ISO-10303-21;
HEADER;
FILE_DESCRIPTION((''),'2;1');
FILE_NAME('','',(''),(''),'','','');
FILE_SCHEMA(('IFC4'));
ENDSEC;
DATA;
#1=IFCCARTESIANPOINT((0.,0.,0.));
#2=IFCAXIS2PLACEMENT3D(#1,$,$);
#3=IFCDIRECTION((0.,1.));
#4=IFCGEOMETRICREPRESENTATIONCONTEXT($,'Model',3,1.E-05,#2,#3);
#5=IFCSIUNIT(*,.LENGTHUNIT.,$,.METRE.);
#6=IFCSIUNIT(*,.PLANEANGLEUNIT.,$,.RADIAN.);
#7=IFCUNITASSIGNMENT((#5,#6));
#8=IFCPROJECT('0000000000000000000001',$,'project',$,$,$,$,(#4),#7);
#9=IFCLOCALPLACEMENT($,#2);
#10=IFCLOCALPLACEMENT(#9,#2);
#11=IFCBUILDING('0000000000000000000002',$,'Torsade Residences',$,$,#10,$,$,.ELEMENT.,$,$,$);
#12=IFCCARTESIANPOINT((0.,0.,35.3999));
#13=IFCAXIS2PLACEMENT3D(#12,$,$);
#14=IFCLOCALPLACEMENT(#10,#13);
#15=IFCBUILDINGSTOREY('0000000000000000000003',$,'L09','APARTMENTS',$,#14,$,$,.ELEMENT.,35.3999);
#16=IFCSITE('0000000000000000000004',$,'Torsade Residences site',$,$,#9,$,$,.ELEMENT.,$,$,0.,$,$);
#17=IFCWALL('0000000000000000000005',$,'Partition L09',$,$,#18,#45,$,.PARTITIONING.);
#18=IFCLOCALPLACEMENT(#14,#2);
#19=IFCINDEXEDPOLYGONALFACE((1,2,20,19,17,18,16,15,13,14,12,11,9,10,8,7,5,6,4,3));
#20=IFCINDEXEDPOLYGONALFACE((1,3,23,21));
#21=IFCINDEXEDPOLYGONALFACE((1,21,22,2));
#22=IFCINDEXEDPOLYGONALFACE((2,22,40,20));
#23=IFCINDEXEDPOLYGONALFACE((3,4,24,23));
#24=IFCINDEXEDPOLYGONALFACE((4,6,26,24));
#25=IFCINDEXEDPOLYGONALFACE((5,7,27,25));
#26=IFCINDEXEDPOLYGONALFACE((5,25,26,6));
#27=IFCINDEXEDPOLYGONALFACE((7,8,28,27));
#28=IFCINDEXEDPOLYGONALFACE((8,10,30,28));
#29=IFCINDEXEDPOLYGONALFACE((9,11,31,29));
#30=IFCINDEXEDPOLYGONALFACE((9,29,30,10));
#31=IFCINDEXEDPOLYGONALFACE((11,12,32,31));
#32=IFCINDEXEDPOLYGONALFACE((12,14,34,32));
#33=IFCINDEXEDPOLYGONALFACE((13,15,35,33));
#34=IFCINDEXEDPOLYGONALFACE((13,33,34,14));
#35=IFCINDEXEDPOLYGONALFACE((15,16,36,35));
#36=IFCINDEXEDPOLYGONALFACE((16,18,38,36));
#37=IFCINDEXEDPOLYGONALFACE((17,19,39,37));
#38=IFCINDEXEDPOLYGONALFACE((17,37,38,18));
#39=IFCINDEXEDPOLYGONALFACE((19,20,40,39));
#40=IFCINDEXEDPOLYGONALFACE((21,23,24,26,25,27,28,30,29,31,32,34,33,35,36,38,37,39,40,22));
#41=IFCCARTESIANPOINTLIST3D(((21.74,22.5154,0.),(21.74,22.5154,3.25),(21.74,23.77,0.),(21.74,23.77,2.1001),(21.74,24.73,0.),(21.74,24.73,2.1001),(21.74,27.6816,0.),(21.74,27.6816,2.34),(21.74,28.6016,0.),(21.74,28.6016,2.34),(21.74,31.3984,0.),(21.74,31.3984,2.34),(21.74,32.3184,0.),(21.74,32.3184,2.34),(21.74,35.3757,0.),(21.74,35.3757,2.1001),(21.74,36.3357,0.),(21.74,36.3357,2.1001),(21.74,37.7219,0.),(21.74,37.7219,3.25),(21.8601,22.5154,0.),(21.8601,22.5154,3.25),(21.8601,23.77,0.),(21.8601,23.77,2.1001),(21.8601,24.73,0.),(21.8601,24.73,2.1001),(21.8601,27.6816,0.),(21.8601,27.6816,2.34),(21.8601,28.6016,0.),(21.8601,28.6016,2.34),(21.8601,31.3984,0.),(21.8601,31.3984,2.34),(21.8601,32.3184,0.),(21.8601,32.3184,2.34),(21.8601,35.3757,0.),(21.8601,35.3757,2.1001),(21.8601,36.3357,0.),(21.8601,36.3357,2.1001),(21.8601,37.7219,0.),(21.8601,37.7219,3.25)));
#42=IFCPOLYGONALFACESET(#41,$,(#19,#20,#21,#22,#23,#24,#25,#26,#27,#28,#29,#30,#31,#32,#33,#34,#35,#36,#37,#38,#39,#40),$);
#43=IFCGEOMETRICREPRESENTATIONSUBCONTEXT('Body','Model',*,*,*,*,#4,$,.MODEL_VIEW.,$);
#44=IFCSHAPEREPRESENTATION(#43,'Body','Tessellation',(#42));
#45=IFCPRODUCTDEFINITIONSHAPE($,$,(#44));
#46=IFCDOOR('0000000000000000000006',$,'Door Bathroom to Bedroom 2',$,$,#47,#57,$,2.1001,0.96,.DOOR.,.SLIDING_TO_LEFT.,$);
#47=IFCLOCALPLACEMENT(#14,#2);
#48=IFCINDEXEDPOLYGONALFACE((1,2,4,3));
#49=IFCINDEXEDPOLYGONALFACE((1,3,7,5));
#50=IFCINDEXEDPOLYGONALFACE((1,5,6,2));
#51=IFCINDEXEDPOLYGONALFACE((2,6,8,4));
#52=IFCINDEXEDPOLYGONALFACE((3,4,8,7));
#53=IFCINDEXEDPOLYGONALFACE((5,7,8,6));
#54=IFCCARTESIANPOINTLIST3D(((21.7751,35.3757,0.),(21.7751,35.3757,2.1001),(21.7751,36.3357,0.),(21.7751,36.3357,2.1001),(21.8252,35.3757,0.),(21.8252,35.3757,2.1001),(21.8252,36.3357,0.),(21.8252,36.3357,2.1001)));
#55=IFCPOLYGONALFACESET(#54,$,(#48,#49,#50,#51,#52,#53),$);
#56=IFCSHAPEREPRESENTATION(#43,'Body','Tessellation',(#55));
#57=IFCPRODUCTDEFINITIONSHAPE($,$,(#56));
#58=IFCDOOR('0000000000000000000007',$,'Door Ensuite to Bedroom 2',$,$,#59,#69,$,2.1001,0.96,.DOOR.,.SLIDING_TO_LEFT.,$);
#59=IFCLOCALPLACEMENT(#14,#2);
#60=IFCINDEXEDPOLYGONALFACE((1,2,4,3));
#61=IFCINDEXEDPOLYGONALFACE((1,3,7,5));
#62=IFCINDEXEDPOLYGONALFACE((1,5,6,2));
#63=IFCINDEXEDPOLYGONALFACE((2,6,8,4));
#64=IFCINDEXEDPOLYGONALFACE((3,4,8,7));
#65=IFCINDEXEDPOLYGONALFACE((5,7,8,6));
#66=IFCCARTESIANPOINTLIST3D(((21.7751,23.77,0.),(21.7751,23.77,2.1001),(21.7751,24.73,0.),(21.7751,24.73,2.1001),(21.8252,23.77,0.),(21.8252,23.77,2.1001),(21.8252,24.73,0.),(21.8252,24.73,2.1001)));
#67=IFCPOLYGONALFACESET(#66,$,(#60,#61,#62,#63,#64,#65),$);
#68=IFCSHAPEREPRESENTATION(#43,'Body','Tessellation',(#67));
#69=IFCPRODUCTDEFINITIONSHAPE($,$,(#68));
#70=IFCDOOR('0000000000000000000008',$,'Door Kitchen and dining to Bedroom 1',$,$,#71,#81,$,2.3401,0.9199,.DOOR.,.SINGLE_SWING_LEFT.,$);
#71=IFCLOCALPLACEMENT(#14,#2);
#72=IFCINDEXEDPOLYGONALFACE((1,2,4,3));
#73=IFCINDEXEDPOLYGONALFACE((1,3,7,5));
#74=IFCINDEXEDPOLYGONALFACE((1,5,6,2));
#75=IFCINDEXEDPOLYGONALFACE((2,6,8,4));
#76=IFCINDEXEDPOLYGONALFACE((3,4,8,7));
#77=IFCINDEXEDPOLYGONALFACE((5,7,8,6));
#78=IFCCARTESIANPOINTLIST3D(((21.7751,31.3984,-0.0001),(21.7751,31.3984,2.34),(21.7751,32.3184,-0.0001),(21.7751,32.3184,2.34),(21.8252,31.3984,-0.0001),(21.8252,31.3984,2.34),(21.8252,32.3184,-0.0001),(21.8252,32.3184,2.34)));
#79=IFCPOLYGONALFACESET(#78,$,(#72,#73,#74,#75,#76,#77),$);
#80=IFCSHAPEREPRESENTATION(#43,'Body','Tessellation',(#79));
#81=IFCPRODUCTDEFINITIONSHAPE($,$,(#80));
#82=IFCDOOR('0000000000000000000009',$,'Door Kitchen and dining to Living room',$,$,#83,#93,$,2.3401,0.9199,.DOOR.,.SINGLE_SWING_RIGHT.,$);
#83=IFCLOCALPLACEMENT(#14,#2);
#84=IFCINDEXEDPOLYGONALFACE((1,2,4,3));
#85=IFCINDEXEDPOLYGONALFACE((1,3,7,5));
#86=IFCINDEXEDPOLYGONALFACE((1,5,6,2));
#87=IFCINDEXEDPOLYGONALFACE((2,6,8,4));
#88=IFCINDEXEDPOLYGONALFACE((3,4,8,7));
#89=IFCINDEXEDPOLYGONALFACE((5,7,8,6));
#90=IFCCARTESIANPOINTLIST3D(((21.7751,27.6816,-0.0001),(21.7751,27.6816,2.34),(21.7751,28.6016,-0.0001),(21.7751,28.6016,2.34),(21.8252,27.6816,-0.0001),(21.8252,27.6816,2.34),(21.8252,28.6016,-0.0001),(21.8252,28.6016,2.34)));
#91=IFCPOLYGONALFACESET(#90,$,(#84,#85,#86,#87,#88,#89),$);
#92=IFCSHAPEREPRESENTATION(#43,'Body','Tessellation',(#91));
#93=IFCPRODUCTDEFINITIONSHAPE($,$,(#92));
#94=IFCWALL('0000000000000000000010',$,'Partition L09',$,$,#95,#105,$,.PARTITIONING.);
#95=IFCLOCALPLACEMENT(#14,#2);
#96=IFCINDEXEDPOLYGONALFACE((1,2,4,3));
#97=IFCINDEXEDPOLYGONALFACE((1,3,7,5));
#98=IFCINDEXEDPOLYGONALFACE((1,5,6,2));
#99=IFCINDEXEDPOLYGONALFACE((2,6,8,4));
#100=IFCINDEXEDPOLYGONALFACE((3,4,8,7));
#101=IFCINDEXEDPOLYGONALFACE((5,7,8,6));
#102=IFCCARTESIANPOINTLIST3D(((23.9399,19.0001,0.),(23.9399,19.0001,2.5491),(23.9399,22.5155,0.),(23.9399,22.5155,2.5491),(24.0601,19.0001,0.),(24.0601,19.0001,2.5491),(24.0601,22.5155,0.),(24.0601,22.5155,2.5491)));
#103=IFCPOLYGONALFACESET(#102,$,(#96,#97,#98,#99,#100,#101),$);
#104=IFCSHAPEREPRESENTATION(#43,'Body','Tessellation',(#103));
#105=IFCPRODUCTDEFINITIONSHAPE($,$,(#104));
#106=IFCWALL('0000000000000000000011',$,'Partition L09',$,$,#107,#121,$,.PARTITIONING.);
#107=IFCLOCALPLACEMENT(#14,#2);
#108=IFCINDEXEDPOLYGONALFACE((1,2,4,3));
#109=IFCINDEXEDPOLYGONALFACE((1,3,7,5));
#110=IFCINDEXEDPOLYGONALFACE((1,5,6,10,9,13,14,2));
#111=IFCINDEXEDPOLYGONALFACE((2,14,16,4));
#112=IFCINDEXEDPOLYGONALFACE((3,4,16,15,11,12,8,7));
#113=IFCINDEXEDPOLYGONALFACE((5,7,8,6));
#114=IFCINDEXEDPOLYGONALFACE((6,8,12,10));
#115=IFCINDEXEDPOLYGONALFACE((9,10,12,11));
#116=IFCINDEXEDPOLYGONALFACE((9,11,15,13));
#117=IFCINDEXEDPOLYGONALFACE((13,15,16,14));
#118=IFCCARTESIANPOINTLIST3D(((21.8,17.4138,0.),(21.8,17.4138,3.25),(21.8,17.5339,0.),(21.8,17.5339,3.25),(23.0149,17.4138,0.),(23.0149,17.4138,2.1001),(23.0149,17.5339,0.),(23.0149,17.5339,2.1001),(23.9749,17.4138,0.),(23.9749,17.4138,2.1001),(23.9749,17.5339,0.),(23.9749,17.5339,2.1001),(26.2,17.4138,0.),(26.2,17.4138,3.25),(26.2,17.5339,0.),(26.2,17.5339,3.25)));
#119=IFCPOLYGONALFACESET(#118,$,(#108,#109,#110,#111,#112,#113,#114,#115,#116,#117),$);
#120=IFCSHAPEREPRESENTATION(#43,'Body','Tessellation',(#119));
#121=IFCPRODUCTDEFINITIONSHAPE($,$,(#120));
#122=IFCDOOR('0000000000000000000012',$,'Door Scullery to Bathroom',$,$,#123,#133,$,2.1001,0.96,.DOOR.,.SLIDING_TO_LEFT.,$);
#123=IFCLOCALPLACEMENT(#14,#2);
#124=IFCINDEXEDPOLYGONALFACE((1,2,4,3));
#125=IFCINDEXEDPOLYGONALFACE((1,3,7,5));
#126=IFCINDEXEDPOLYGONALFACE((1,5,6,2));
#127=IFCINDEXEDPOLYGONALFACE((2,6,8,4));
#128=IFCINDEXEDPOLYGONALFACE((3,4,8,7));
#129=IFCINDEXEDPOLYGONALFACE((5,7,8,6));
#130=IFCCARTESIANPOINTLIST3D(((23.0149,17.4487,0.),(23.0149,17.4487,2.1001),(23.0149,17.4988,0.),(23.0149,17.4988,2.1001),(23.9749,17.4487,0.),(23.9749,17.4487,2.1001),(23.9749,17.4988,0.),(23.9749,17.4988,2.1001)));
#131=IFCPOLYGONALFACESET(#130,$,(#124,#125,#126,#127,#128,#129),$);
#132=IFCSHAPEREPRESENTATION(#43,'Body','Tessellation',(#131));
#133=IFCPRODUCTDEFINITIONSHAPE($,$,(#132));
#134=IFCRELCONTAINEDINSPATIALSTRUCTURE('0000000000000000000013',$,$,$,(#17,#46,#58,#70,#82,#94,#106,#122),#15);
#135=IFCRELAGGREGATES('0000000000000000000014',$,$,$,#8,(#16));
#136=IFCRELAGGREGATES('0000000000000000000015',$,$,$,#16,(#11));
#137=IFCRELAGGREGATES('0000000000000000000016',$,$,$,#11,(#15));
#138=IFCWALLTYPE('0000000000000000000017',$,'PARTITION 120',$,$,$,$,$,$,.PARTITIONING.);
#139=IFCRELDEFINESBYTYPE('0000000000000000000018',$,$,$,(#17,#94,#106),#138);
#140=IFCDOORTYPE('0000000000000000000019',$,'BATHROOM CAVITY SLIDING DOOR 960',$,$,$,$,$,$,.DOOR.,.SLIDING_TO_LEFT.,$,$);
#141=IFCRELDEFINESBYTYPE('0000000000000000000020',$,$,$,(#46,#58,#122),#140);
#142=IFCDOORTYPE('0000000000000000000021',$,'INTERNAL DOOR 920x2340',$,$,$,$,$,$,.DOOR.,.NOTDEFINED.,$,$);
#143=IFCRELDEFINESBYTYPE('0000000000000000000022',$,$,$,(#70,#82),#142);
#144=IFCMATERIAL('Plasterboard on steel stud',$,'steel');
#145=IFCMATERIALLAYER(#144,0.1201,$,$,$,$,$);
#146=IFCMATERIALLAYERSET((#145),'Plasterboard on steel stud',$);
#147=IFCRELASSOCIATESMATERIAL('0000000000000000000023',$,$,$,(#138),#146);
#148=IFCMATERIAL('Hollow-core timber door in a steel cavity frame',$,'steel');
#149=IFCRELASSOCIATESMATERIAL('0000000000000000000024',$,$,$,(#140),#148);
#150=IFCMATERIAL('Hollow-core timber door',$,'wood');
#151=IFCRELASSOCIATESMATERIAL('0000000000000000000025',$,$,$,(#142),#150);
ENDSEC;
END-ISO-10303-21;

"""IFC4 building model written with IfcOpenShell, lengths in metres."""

from ifc_helpers import new_model, si_unit, direction, frame, frame_2d, origin, place, context, subcontext, project, spatial, rectangle, extrude, material, layer, layer_set, type_object, element, fill, save


model = new_model("IFC4")

# Units and contexts
model_context = context("Model", 3, precision=1e-05, world=origin(), true_north=direction((0.0, 1.0)))
body_context = subcontext(model_context, "Body", "Model", "MODEL_VIEW")
ifc_project = project(units=[si_unit("LENGTHUNIT", "METRE"), si_unit("PLANEANGLEUNIT", "RADIAN")], contexts=[model_context])

# Site, building, storey
site_placement = place(None, origin())
site = spatial("IfcSite", under=ifc_project, at=site_placement, Name="Torsade Residences site", CompositionType="ELEMENT", RefElevation=0.0)
building_placement = place(site_placement, origin())
building = spatial("IfcBuilding", under=site, at=building_placement, Name="Torsade Residences", CompositionType="ELEMENT")
storey_placement = place(building_placement, frame((0.0, 0.0, 35.3999)))
storey = spatial("IfcBuildingStorey", under=building, at=storey_placement, Name="L09", Description="APARTMENTS", CompositionType="ELEMENT", Elevation=35.3999)

# Wall, openings, doors
ifc_material_1 = material(Name="Plasterboard on steel stud", Category="steel")
ifc_layer_1 = layer(ifc_material_1, 0.1201)
ifc_layer_set_1 = layer_set([ifc_layer_1], Name="Plasterboard on steel stud")
wall_type_1 = type_object("IfcWallType", Name="PARTITION 120", PredefinedType="PARTITIONING", material=ifc_layer_set_1)
wall_1_placement = place(storey_placement, frame((21.8, 22.5154, 0.0), z_axis=(0.0, 0.0, 1.0), x_axis=(0.0, 1.0, 0.0)))
wall_1 = element("IfcWall", 1, at=wall_1_placement, inside=storey, type_object=wall_type_1, Name="Partition L09", PredefinedType="PARTITIONING", context=body_context, shape_type="SweptSolid", body=[
    extrude(rectangle(XDim=15.2065, YDim=0.1201, at=frame_2d((7.6033, 0.0))), origin(), (0.0, 0.0, 1.0), 3.25),
])
opening_1_placement = place(wall_1_placement, frame((8.8831, 0.0, 0.0)))
opening_1 = element("IfcOpeningElement", 2, at=opening_1_placement, cuts=wall_1, PredefinedType="OPENING", context=body_context, shape_type="SweptSolid", body=[
    extrude(rectangle(XDim=0.9199, YDim=2.3401, at=frame_2d((0.46, 1.1699))), frame((0.0, 0.0701, 0.0), z_axis=(0.0, -1.0, 0.0), x_axis=(1.0, 0.0, 0.0)), (0.0, 0.0, 1.0), 0.1401),
])
opening_2_placement = place(wall_1_placement, frame((5.1663, 0.0, 0.0)))
opening_2 = element("IfcOpeningElement", 3, at=opening_2_placement, cuts=wall_1, PredefinedType="OPENING", context=body_context, shape_type="SweptSolid", body=[
    extrude(rectangle(XDim=0.9199, YDim=2.3401, at=frame_2d((0.46, 1.1699))), frame((0.0, 0.0701, 0.0), z_axis=(0.0, -1.0, 0.0), x_axis=(1.0, 0.0, 0.0)), (0.0, 0.0, 1.0), 0.1401),
])
opening_3_placement = place(wall_1_placement, frame((12.8604, 0.0, 0.0)))
opening_3 = element("IfcOpeningElement", 4, at=opening_3_placement, cuts=wall_1, PredefinedType="OPENING", context=body_context, shape_type="SweptSolid", body=[
    extrude(rectangle(XDim=0.96, YDim=2.1001, at=frame_2d((0.48, 1.05))), frame((0.0, 0.0701, 0.0), z_axis=(0.0, -1.0, 0.0), x_axis=(1.0, 0.0, 0.0)), (0.0, 0.0, 1.0), 0.1401),
])
opening_4_placement = place(wall_1_placement, frame((1.2546, 0.0, 0.0)))
opening_4 = element("IfcOpeningElement", 5, at=opening_4_placement, cuts=wall_1, PredefinedType="OPENING", context=body_context, shape_type="SweptSolid", body=[
    extrude(rectangle(XDim=0.96, YDim=2.1001, at=frame_2d((0.48, 1.05))), frame((0.0, 0.0701, 0.0), z_axis=(0.0, -1.0, 0.0), x_axis=(1.0, 0.0, 0.0)), (0.0, 0.0, 1.0), 0.1401),
])
ifc_material_2 = material(Name="Hollow-core timber door in a steel cavity frame", Category="steel")
door_type_1 = type_object("IfcDoorType", Name="BATHROOM CAVITY SLIDING DOOR 960", OperationType="SLIDING_TO_LEFT", PredefinedType="DOOR", material=ifc_material_2)
door_1_placement = place(opening_3_placement, origin())
door_1 = element("IfcDoor", 6, at=door_1_placement, inside=storey, type_object=door_type_1, Name="Door Bathroom to Bedroom 2", OperationType="SLIDING_TO_LEFT", OverallHeight=2.1001, OverallWidth=0.96, PredefinedType="DOOR", context=body_context, shape_type="SweptSolid", body=[
    extrude(rectangle(XDim=0.96, YDim=2.1001, at=frame_2d((0.48, 1.05))), frame((0.0, 0.0249, 0.0), z_axis=(0.0, -1.0, 0.0), x_axis=(1.0, 0.0, 0.0)), (0.0, 0.0, 1.0), 0.05),
])
fill(opening_3, door_1)
door_2_placement = place(opening_4_placement, origin())
door_2 = element("IfcDoor", 7, at=door_2_placement, inside=storey, type_object=door_type_1, Name="Door Ensuite to Bedroom 2", OperationType="SLIDING_TO_LEFT", OverallHeight=2.1001, OverallWidth=0.96, PredefinedType="DOOR", context=body_context, shape_type="SweptSolid", body=[
    extrude(rectangle(XDim=0.96, YDim=2.1001, at=frame_2d((0.48, 1.05))), frame((0.0, 0.0249, 0.0), z_axis=(0.0, -1.0, 0.0), x_axis=(1.0, 0.0, 0.0)), (0.0, 0.0, 1.0), 0.05),
])
fill(opening_4, door_2)
ifc_material_3 = material(Name="Hollow-core timber door", Category="wood")
door_type_2 = type_object("IfcDoorType", Name="INTERNAL DOOR 920x2340", OperationType="NOTDEFINED", PredefinedType="DOOR", material=ifc_material_3)
door_3_placement = place(opening_1_placement, origin())
door_3 = element("IfcDoor", 8, at=door_3_placement, inside=storey, type_object=door_type_2, Name="Door Kitchen and dining to Bedroom 1", OperationType="SINGLE_SWING_LEFT", OverallHeight=2.3401, OverallWidth=0.9199, PredefinedType="DOOR", context=body_context, shape_type="SweptSolid", body=[
    extrude(rectangle(XDim=0.9199, YDim=2.3401, at=frame_2d((0.46, 1.1699))), frame((0.0, 0.0249, 0.0), z_axis=(0.0, -1.0, 0.0), x_axis=(1.0, 0.0, 0.0)), (0.0, 0.0, 1.0), 0.05),
])
fill(opening_1, door_3)
door_4_placement = place(opening_2_placement, origin())
door_4 = element("IfcDoor", 9, at=door_4_placement, inside=storey, type_object=door_type_2, Name="Door Kitchen and dining to Living room", OperationType="SINGLE_SWING_RIGHT", OverallHeight=2.3401, OverallWidth=0.9199, PredefinedType="DOOR", context=body_context, shape_type="SweptSolid", body=[
    extrude(rectangle(XDim=0.9199, YDim=2.3401, at=frame_2d((0.46, 1.1699))), frame((0.0, 0.0249, 0.0), z_axis=(0.0, -1.0, 0.0), x_axis=(1.0, 0.0, 0.0)), (0.0, 0.0, 1.0), 0.05),
])
fill(opening_2, door_4)

# Wall
wall_2_placement = place(storey_placement, frame((24.0, 19.0, 0.0), z_axis=(0.0, 0.0, 1.0), x_axis=(0.0, 1.0, 0.0)))
element("IfcWall", 10, at=wall_2_placement, inside=storey, type_object=wall_type_1, Name="Partition L09", PredefinedType="PARTITIONING", context=body_context, shape_type="SweptSolid", body=[
    extrude(rectangle(XDim=3.5154, YDim=0.1201, at=frame_2d((1.7578, 0.0))), origin(), (0.0, 0.0, 1.0), 2.5491),
])

# Wall, opening, door
wall_3_placement = place(storey_placement, frame((21.8, 17.4739, 0.0), z_axis=(0.0, 0.0, 1.0), x_axis=(1.0, 0.0, 0.0)))
wall_3 = element("IfcWall", 11, at=wall_3_placement, inside=storey, type_object=wall_type_1, Name="Partition L09", PredefinedType="PARTITIONING", context=body_context, shape_type="SweptSolid", body=[
    extrude(rectangle(XDim=4.3999, YDim=0.1201, at=frame_2d((2.2, 0.0))), origin(), (0.0, 0.0, 1.0), 3.25),
])
opening_5_placement = place(wall_3_placement, frame((1.2148, 0.0, 0.0)))
opening_5 = element("IfcOpeningElement", 12, at=opening_5_placement, cuts=wall_3, PredefinedType="OPENING", context=body_context, shape_type="SweptSolid", body=[
    extrude(rectangle(XDim=0.96, YDim=2.1001, at=frame_2d((0.48, 1.05))), frame((0.0, 0.0701, 0.0), z_axis=(0.0, -1.0, 0.0), x_axis=(1.0, 0.0, 0.0)), (0.0, 0.0, 1.0), 0.1401),
])
door_5_placement = place(opening_5_placement, origin())
door_5 = element("IfcDoor", 13, at=door_5_placement, inside=storey, type_object=door_type_1, Name="Door Scullery to Bathroom", OperationType="SLIDING_TO_LEFT", OverallHeight=2.1001, OverallWidth=0.96, PredefinedType="DOOR", context=body_context, shape_type="SweptSolid", body=[
    extrude(rectangle(XDim=0.96, YDim=2.1001, at=frame_2d((0.48, 1.05))), frame((0.0, 0.0249, 0.0), z_axis=(0.0, -1.0, 0.0), x_axis=(1.0, 0.0, 0.0)), (0.0, 0.0, 1.0), 0.05),
])
fill(opening_5, door_5)

save(model, "model.ifc")
